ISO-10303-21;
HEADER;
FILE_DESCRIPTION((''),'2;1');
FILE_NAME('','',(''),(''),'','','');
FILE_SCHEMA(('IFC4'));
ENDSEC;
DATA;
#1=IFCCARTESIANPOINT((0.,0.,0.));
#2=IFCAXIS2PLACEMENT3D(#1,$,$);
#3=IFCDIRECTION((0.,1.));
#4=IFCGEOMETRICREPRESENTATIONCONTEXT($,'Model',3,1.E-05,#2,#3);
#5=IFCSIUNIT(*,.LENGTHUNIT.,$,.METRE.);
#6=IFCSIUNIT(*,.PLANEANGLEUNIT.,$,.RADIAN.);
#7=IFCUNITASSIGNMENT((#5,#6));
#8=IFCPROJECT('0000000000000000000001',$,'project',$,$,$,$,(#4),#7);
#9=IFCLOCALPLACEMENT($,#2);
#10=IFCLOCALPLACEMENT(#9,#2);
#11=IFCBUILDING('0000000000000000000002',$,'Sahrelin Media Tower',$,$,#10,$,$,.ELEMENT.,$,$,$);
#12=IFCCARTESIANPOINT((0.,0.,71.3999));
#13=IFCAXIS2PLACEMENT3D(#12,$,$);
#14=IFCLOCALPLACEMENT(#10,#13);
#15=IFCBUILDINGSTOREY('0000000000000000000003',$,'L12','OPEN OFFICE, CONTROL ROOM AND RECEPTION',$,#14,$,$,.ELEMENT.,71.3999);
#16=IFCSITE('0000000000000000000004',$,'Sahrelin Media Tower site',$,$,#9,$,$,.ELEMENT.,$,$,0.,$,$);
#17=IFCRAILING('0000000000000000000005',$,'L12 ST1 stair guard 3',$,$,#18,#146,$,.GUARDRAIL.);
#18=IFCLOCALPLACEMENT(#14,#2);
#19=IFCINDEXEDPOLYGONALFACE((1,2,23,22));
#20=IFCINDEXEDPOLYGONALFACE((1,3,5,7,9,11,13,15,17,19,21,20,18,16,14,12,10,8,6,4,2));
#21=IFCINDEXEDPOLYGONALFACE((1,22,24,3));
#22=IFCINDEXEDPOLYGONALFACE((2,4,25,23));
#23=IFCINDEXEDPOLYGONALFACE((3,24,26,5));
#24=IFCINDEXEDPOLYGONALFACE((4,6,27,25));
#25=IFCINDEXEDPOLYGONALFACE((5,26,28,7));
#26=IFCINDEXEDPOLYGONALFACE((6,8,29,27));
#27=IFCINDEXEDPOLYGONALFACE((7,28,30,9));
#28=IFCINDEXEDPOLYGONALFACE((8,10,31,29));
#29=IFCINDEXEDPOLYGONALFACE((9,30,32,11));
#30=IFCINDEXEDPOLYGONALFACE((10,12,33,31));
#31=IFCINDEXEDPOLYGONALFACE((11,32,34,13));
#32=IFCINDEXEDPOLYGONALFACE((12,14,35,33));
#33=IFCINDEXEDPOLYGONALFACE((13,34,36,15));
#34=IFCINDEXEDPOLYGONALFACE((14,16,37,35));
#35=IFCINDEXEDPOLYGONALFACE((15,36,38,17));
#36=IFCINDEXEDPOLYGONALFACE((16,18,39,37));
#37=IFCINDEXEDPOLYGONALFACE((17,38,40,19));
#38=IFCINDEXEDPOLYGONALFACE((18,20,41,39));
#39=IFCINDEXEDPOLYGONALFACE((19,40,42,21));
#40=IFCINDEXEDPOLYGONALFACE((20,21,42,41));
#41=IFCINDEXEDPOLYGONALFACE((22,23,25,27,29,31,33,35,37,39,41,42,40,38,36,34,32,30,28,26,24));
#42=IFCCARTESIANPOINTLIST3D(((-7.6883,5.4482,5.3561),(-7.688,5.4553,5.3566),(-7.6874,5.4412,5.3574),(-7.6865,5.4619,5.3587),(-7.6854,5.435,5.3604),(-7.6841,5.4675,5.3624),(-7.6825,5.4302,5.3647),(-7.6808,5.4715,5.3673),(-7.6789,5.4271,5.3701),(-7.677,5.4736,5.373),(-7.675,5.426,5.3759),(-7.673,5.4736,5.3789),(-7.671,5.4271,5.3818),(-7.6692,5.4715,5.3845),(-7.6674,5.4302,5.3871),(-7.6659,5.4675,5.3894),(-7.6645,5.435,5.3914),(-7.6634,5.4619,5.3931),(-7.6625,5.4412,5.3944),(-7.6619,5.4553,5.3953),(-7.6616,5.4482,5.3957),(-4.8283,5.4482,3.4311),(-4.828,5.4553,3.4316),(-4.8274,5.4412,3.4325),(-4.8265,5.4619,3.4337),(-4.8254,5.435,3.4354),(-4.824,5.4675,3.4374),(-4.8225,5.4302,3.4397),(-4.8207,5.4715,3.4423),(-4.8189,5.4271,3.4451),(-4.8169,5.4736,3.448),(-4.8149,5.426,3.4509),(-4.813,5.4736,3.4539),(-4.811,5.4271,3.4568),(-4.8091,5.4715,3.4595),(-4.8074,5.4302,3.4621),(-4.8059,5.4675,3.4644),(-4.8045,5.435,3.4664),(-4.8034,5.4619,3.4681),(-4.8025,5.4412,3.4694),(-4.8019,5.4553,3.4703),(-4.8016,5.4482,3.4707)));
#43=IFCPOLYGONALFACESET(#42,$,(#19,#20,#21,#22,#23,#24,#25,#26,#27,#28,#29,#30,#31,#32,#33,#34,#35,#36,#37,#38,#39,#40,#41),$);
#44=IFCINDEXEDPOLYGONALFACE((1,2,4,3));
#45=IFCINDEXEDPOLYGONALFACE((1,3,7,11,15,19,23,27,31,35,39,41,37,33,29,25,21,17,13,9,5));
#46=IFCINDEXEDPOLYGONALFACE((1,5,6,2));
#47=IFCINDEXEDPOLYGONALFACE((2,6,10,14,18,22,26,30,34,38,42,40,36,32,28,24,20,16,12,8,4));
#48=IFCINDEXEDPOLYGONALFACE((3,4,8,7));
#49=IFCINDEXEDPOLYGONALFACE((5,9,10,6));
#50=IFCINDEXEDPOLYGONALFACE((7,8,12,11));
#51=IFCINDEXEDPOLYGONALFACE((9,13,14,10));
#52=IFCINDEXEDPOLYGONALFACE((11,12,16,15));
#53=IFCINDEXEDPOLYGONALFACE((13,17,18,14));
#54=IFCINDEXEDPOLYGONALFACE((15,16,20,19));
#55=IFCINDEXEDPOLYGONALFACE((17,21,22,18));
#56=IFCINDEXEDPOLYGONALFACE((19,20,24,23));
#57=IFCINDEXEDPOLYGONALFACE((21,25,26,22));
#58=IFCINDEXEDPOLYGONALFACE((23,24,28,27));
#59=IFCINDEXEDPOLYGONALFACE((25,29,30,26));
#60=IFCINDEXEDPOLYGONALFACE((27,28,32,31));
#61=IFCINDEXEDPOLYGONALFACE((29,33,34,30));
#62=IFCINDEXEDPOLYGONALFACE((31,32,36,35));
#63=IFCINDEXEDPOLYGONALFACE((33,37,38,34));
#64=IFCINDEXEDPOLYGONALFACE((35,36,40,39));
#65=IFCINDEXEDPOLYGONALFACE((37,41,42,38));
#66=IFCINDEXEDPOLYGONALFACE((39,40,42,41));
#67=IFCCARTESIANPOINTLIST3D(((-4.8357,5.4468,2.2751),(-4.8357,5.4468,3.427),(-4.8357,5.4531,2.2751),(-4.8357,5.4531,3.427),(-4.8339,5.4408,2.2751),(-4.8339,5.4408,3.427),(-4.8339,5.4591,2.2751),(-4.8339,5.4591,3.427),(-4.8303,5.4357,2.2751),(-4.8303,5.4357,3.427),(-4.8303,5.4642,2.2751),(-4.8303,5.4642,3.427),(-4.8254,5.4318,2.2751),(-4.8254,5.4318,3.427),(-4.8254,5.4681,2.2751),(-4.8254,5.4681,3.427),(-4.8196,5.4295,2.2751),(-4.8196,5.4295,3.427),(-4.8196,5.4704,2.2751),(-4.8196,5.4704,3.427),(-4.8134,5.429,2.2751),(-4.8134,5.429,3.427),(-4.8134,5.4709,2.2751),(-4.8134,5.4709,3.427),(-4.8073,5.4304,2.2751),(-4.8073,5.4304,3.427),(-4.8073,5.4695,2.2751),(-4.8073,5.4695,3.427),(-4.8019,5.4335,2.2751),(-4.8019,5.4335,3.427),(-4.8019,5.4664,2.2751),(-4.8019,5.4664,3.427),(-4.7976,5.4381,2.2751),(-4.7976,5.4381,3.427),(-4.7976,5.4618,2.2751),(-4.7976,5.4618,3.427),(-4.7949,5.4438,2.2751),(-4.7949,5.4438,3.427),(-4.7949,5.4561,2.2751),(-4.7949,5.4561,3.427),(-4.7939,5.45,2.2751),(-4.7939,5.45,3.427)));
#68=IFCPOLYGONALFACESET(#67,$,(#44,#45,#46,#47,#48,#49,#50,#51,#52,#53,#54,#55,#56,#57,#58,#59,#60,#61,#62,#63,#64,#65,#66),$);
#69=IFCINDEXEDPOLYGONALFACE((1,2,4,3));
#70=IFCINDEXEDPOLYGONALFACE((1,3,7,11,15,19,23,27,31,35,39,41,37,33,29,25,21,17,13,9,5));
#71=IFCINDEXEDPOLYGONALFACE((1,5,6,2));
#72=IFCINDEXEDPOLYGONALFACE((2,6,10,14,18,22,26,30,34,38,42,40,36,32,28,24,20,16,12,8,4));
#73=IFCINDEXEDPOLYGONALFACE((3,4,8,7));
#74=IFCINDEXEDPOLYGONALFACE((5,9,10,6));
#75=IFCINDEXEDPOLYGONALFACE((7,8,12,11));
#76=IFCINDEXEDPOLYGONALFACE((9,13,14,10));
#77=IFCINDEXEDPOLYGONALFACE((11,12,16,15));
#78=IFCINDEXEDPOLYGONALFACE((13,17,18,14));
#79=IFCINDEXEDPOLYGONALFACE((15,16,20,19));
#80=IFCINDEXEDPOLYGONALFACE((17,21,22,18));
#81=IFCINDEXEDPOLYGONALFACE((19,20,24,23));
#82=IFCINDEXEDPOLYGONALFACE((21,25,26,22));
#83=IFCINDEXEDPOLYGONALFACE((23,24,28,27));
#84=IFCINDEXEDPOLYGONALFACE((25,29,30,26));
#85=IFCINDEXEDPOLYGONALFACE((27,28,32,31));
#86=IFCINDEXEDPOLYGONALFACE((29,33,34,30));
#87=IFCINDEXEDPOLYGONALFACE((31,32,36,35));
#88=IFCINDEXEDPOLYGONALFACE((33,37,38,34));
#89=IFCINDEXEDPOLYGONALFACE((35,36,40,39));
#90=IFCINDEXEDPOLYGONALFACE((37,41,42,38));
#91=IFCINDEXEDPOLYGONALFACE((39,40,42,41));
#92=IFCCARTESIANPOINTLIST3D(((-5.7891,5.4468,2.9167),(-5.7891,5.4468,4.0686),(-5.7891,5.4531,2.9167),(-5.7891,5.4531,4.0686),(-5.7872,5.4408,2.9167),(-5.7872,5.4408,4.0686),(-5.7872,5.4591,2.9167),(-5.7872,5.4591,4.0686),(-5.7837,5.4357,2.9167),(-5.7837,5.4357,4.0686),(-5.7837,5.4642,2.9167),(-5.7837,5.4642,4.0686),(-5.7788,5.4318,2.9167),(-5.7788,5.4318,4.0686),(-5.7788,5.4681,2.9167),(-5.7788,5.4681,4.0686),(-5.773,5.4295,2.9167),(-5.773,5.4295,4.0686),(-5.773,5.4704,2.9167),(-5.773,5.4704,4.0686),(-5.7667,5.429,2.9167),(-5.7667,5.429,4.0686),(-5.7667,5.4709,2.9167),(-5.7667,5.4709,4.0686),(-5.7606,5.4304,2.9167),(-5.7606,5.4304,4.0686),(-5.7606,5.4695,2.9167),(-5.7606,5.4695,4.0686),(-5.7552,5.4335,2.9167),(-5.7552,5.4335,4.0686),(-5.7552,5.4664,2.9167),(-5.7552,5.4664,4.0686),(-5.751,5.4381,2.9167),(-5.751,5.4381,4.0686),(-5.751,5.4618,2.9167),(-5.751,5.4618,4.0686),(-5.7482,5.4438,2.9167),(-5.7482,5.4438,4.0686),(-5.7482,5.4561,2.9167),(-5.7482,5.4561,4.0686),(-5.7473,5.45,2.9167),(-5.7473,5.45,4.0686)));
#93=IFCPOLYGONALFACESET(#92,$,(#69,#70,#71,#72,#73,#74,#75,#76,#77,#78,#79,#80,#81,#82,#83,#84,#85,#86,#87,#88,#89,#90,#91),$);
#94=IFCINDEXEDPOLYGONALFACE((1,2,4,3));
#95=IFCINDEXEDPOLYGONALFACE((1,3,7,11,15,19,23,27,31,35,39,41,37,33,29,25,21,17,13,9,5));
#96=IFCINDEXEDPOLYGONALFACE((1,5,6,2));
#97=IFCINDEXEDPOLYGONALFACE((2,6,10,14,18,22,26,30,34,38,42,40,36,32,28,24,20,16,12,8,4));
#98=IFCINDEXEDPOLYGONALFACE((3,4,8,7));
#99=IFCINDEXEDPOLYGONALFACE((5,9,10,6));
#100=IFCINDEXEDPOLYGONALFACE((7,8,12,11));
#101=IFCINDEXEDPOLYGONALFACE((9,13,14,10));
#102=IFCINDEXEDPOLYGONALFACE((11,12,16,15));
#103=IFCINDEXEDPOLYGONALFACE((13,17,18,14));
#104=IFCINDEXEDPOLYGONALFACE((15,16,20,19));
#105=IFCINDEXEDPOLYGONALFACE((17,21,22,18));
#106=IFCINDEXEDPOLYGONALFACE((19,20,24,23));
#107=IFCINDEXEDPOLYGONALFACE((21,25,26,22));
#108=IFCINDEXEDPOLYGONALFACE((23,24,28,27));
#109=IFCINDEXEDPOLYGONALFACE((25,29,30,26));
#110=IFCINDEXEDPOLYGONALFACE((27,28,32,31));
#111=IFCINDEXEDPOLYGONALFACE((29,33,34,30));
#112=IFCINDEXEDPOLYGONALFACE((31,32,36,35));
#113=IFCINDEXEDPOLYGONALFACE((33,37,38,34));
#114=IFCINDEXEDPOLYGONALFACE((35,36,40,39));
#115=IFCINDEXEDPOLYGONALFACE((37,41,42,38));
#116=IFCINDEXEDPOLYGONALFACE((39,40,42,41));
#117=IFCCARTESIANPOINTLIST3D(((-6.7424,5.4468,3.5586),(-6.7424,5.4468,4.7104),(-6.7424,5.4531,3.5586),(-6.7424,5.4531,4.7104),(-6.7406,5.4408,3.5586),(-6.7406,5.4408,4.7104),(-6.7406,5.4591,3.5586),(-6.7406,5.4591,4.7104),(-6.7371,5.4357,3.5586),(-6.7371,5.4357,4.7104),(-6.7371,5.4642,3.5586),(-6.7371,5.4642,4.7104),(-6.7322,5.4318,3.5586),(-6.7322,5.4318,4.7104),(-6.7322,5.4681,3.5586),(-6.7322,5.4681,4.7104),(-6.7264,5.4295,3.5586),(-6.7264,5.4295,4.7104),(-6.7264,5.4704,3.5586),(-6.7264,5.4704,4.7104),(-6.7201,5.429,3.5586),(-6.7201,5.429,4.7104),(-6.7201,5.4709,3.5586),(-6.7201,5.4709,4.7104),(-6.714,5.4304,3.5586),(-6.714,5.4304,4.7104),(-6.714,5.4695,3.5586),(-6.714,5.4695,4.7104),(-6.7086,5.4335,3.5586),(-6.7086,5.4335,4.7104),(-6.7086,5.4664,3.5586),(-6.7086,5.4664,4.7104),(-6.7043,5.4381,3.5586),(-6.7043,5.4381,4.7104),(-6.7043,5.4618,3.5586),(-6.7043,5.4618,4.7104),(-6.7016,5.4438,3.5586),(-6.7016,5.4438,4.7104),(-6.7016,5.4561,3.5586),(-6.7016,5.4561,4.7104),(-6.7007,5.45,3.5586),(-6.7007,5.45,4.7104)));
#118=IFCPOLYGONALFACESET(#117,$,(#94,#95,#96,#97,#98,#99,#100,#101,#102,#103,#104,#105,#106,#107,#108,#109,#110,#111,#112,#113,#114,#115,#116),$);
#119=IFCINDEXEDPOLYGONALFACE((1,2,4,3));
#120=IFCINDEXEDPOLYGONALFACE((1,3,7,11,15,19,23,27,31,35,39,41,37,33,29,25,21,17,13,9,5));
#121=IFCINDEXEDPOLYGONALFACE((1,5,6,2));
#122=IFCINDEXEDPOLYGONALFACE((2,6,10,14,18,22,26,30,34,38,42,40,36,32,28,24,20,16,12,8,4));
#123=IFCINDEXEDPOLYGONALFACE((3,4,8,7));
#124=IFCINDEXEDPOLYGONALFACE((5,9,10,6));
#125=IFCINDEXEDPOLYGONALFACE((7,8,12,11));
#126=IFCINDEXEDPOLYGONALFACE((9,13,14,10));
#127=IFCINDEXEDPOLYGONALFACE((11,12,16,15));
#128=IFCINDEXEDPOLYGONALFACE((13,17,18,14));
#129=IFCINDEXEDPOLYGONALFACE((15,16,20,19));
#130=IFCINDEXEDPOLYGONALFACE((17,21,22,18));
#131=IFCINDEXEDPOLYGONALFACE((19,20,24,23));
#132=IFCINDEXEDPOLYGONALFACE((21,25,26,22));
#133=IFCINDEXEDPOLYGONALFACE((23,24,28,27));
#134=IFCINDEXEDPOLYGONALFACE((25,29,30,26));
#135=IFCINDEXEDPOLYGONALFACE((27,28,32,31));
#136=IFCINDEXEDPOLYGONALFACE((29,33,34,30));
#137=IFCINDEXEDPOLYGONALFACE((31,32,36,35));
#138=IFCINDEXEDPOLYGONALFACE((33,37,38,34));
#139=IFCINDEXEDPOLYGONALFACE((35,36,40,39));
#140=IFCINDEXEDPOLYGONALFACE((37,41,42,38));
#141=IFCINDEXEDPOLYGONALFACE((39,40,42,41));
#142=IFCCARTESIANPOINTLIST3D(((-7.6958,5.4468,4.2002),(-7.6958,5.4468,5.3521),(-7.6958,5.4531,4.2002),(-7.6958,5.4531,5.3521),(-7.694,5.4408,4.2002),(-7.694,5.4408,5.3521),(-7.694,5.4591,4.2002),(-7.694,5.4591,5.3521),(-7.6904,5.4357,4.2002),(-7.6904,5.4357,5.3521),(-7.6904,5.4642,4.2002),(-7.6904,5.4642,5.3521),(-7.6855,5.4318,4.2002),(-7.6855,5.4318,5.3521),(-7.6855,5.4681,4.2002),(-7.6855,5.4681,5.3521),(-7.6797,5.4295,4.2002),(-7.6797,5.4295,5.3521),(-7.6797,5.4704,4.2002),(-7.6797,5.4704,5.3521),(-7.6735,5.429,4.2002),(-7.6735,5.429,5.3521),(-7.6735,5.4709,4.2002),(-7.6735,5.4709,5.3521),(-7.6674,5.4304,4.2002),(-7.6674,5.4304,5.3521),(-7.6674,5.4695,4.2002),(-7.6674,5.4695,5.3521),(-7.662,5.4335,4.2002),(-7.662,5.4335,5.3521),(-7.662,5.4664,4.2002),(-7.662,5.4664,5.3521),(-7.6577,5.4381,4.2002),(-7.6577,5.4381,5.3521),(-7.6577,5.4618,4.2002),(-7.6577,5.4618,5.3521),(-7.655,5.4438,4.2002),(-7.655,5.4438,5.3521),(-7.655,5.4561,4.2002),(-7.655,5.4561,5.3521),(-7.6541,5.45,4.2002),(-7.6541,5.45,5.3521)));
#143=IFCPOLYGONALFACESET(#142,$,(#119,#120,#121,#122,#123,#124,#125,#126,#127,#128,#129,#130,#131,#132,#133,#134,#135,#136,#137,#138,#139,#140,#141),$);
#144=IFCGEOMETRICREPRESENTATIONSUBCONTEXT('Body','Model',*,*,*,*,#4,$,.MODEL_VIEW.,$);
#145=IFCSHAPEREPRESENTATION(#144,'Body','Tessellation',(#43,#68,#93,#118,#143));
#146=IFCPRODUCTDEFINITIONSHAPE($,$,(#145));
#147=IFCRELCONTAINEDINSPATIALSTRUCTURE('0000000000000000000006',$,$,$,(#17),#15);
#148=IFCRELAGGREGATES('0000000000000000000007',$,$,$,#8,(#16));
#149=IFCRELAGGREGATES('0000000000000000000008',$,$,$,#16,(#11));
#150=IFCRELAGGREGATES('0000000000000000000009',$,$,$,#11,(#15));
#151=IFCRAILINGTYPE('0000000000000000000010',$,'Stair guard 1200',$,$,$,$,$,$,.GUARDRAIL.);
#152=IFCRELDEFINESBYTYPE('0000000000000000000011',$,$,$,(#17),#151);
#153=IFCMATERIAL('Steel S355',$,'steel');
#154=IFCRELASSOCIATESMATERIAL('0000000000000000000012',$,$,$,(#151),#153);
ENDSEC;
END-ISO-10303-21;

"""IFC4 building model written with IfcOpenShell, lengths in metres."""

from ifc_helpers import new_model, si_unit, direction, frame, origin, origin_2d, place, context, subcontext, project, spatial, circle, extrude, material, type_object, element, save


model = new_model("IFC4")

# Units and contexts
model_context = context("Model", 3, precision=1e-05, world=origin(), true_north=direction((0.0, 1.0)))
body_context = subcontext(model_context, "Body", "Model", "MODEL_VIEW")
ifc_project = project(units=[si_unit("LENGTHUNIT", "METRE"), si_unit("PLANEANGLEUNIT", "RADIAN")], contexts=[model_context])

# Site, building, storey
site_placement = place(None, origin())
site = spatial("IfcSite", under=ifc_project, at=site_placement, Name="Sahrelin Media Tower site", CompositionType="ELEMENT", RefElevation=0.0)
building_placement = place(site_placement, origin())
building = spatial("IfcBuilding", under=site, at=building_placement, Name="Sahrelin Media Tower", CompositionType="ELEMENT")
storey_placement = place(building_placement, frame((0.0, 0.0, 71.3999)))
storey = spatial("IfcBuildingStorey", under=building, at=storey_placement, Name="L12", Description="OPEN OFFICE, CONTROL ROOM AND RECEPTION", CompositionType="ELEMENT", Elevation=71.3999)

# Shared definitions
ifc_material_1 = material(Name="Steel S355", Category="steel")

# Railing
railing_type_1 = type_object("IfcRailingType", Name="Stair guard 1200", PredefinedType="GUARDRAIL", material=ifc_material_1)
railing_1_placement = place(storey_placement, frame((-4.8149, 5.45, 2.2751)))
element("IfcRailing", 1, at=railing_1_placement, inside=storey, type_object=railing_type_1, Name="L12 ST1 stair guard 3", PredefinedType="GUARDRAIL", context=body_context, shape_type="SweptSolid", body=[
    extrude(circle(Radius=0.0239, at=origin_2d()), frame((0.0, 0.0, 1.1758), z_axis=(-0.829591, 0.0, 0.558372), x_axis=(0.0, -1.0, 0.0)), (0.0, 0.0, 1.0), 3.4475),
    extrude(circle(Radius=0.021, at=origin_2d()), origin(), (0.0, 0.0, 1.0), 1.1519),
    extrude(circle(Radius=0.021, at=origin_2d()), frame((-0.9534, 0.0, 0.6416)), (0.0, 0.0, 1.0), 1.1519),
    extrude(circle(Radius=0.021, at=origin_2d()), frame((-1.9067, 0.0, 1.2834)), (0.0, 0.0, 1.0), 1.1519),
    extrude(circle(Radius=0.021, at=origin_2d()), frame((-2.8601, 0.0, 1.925)), (0.0, 0.0, 1.0), 1.1519),
])

save(model, "model.ifc")
